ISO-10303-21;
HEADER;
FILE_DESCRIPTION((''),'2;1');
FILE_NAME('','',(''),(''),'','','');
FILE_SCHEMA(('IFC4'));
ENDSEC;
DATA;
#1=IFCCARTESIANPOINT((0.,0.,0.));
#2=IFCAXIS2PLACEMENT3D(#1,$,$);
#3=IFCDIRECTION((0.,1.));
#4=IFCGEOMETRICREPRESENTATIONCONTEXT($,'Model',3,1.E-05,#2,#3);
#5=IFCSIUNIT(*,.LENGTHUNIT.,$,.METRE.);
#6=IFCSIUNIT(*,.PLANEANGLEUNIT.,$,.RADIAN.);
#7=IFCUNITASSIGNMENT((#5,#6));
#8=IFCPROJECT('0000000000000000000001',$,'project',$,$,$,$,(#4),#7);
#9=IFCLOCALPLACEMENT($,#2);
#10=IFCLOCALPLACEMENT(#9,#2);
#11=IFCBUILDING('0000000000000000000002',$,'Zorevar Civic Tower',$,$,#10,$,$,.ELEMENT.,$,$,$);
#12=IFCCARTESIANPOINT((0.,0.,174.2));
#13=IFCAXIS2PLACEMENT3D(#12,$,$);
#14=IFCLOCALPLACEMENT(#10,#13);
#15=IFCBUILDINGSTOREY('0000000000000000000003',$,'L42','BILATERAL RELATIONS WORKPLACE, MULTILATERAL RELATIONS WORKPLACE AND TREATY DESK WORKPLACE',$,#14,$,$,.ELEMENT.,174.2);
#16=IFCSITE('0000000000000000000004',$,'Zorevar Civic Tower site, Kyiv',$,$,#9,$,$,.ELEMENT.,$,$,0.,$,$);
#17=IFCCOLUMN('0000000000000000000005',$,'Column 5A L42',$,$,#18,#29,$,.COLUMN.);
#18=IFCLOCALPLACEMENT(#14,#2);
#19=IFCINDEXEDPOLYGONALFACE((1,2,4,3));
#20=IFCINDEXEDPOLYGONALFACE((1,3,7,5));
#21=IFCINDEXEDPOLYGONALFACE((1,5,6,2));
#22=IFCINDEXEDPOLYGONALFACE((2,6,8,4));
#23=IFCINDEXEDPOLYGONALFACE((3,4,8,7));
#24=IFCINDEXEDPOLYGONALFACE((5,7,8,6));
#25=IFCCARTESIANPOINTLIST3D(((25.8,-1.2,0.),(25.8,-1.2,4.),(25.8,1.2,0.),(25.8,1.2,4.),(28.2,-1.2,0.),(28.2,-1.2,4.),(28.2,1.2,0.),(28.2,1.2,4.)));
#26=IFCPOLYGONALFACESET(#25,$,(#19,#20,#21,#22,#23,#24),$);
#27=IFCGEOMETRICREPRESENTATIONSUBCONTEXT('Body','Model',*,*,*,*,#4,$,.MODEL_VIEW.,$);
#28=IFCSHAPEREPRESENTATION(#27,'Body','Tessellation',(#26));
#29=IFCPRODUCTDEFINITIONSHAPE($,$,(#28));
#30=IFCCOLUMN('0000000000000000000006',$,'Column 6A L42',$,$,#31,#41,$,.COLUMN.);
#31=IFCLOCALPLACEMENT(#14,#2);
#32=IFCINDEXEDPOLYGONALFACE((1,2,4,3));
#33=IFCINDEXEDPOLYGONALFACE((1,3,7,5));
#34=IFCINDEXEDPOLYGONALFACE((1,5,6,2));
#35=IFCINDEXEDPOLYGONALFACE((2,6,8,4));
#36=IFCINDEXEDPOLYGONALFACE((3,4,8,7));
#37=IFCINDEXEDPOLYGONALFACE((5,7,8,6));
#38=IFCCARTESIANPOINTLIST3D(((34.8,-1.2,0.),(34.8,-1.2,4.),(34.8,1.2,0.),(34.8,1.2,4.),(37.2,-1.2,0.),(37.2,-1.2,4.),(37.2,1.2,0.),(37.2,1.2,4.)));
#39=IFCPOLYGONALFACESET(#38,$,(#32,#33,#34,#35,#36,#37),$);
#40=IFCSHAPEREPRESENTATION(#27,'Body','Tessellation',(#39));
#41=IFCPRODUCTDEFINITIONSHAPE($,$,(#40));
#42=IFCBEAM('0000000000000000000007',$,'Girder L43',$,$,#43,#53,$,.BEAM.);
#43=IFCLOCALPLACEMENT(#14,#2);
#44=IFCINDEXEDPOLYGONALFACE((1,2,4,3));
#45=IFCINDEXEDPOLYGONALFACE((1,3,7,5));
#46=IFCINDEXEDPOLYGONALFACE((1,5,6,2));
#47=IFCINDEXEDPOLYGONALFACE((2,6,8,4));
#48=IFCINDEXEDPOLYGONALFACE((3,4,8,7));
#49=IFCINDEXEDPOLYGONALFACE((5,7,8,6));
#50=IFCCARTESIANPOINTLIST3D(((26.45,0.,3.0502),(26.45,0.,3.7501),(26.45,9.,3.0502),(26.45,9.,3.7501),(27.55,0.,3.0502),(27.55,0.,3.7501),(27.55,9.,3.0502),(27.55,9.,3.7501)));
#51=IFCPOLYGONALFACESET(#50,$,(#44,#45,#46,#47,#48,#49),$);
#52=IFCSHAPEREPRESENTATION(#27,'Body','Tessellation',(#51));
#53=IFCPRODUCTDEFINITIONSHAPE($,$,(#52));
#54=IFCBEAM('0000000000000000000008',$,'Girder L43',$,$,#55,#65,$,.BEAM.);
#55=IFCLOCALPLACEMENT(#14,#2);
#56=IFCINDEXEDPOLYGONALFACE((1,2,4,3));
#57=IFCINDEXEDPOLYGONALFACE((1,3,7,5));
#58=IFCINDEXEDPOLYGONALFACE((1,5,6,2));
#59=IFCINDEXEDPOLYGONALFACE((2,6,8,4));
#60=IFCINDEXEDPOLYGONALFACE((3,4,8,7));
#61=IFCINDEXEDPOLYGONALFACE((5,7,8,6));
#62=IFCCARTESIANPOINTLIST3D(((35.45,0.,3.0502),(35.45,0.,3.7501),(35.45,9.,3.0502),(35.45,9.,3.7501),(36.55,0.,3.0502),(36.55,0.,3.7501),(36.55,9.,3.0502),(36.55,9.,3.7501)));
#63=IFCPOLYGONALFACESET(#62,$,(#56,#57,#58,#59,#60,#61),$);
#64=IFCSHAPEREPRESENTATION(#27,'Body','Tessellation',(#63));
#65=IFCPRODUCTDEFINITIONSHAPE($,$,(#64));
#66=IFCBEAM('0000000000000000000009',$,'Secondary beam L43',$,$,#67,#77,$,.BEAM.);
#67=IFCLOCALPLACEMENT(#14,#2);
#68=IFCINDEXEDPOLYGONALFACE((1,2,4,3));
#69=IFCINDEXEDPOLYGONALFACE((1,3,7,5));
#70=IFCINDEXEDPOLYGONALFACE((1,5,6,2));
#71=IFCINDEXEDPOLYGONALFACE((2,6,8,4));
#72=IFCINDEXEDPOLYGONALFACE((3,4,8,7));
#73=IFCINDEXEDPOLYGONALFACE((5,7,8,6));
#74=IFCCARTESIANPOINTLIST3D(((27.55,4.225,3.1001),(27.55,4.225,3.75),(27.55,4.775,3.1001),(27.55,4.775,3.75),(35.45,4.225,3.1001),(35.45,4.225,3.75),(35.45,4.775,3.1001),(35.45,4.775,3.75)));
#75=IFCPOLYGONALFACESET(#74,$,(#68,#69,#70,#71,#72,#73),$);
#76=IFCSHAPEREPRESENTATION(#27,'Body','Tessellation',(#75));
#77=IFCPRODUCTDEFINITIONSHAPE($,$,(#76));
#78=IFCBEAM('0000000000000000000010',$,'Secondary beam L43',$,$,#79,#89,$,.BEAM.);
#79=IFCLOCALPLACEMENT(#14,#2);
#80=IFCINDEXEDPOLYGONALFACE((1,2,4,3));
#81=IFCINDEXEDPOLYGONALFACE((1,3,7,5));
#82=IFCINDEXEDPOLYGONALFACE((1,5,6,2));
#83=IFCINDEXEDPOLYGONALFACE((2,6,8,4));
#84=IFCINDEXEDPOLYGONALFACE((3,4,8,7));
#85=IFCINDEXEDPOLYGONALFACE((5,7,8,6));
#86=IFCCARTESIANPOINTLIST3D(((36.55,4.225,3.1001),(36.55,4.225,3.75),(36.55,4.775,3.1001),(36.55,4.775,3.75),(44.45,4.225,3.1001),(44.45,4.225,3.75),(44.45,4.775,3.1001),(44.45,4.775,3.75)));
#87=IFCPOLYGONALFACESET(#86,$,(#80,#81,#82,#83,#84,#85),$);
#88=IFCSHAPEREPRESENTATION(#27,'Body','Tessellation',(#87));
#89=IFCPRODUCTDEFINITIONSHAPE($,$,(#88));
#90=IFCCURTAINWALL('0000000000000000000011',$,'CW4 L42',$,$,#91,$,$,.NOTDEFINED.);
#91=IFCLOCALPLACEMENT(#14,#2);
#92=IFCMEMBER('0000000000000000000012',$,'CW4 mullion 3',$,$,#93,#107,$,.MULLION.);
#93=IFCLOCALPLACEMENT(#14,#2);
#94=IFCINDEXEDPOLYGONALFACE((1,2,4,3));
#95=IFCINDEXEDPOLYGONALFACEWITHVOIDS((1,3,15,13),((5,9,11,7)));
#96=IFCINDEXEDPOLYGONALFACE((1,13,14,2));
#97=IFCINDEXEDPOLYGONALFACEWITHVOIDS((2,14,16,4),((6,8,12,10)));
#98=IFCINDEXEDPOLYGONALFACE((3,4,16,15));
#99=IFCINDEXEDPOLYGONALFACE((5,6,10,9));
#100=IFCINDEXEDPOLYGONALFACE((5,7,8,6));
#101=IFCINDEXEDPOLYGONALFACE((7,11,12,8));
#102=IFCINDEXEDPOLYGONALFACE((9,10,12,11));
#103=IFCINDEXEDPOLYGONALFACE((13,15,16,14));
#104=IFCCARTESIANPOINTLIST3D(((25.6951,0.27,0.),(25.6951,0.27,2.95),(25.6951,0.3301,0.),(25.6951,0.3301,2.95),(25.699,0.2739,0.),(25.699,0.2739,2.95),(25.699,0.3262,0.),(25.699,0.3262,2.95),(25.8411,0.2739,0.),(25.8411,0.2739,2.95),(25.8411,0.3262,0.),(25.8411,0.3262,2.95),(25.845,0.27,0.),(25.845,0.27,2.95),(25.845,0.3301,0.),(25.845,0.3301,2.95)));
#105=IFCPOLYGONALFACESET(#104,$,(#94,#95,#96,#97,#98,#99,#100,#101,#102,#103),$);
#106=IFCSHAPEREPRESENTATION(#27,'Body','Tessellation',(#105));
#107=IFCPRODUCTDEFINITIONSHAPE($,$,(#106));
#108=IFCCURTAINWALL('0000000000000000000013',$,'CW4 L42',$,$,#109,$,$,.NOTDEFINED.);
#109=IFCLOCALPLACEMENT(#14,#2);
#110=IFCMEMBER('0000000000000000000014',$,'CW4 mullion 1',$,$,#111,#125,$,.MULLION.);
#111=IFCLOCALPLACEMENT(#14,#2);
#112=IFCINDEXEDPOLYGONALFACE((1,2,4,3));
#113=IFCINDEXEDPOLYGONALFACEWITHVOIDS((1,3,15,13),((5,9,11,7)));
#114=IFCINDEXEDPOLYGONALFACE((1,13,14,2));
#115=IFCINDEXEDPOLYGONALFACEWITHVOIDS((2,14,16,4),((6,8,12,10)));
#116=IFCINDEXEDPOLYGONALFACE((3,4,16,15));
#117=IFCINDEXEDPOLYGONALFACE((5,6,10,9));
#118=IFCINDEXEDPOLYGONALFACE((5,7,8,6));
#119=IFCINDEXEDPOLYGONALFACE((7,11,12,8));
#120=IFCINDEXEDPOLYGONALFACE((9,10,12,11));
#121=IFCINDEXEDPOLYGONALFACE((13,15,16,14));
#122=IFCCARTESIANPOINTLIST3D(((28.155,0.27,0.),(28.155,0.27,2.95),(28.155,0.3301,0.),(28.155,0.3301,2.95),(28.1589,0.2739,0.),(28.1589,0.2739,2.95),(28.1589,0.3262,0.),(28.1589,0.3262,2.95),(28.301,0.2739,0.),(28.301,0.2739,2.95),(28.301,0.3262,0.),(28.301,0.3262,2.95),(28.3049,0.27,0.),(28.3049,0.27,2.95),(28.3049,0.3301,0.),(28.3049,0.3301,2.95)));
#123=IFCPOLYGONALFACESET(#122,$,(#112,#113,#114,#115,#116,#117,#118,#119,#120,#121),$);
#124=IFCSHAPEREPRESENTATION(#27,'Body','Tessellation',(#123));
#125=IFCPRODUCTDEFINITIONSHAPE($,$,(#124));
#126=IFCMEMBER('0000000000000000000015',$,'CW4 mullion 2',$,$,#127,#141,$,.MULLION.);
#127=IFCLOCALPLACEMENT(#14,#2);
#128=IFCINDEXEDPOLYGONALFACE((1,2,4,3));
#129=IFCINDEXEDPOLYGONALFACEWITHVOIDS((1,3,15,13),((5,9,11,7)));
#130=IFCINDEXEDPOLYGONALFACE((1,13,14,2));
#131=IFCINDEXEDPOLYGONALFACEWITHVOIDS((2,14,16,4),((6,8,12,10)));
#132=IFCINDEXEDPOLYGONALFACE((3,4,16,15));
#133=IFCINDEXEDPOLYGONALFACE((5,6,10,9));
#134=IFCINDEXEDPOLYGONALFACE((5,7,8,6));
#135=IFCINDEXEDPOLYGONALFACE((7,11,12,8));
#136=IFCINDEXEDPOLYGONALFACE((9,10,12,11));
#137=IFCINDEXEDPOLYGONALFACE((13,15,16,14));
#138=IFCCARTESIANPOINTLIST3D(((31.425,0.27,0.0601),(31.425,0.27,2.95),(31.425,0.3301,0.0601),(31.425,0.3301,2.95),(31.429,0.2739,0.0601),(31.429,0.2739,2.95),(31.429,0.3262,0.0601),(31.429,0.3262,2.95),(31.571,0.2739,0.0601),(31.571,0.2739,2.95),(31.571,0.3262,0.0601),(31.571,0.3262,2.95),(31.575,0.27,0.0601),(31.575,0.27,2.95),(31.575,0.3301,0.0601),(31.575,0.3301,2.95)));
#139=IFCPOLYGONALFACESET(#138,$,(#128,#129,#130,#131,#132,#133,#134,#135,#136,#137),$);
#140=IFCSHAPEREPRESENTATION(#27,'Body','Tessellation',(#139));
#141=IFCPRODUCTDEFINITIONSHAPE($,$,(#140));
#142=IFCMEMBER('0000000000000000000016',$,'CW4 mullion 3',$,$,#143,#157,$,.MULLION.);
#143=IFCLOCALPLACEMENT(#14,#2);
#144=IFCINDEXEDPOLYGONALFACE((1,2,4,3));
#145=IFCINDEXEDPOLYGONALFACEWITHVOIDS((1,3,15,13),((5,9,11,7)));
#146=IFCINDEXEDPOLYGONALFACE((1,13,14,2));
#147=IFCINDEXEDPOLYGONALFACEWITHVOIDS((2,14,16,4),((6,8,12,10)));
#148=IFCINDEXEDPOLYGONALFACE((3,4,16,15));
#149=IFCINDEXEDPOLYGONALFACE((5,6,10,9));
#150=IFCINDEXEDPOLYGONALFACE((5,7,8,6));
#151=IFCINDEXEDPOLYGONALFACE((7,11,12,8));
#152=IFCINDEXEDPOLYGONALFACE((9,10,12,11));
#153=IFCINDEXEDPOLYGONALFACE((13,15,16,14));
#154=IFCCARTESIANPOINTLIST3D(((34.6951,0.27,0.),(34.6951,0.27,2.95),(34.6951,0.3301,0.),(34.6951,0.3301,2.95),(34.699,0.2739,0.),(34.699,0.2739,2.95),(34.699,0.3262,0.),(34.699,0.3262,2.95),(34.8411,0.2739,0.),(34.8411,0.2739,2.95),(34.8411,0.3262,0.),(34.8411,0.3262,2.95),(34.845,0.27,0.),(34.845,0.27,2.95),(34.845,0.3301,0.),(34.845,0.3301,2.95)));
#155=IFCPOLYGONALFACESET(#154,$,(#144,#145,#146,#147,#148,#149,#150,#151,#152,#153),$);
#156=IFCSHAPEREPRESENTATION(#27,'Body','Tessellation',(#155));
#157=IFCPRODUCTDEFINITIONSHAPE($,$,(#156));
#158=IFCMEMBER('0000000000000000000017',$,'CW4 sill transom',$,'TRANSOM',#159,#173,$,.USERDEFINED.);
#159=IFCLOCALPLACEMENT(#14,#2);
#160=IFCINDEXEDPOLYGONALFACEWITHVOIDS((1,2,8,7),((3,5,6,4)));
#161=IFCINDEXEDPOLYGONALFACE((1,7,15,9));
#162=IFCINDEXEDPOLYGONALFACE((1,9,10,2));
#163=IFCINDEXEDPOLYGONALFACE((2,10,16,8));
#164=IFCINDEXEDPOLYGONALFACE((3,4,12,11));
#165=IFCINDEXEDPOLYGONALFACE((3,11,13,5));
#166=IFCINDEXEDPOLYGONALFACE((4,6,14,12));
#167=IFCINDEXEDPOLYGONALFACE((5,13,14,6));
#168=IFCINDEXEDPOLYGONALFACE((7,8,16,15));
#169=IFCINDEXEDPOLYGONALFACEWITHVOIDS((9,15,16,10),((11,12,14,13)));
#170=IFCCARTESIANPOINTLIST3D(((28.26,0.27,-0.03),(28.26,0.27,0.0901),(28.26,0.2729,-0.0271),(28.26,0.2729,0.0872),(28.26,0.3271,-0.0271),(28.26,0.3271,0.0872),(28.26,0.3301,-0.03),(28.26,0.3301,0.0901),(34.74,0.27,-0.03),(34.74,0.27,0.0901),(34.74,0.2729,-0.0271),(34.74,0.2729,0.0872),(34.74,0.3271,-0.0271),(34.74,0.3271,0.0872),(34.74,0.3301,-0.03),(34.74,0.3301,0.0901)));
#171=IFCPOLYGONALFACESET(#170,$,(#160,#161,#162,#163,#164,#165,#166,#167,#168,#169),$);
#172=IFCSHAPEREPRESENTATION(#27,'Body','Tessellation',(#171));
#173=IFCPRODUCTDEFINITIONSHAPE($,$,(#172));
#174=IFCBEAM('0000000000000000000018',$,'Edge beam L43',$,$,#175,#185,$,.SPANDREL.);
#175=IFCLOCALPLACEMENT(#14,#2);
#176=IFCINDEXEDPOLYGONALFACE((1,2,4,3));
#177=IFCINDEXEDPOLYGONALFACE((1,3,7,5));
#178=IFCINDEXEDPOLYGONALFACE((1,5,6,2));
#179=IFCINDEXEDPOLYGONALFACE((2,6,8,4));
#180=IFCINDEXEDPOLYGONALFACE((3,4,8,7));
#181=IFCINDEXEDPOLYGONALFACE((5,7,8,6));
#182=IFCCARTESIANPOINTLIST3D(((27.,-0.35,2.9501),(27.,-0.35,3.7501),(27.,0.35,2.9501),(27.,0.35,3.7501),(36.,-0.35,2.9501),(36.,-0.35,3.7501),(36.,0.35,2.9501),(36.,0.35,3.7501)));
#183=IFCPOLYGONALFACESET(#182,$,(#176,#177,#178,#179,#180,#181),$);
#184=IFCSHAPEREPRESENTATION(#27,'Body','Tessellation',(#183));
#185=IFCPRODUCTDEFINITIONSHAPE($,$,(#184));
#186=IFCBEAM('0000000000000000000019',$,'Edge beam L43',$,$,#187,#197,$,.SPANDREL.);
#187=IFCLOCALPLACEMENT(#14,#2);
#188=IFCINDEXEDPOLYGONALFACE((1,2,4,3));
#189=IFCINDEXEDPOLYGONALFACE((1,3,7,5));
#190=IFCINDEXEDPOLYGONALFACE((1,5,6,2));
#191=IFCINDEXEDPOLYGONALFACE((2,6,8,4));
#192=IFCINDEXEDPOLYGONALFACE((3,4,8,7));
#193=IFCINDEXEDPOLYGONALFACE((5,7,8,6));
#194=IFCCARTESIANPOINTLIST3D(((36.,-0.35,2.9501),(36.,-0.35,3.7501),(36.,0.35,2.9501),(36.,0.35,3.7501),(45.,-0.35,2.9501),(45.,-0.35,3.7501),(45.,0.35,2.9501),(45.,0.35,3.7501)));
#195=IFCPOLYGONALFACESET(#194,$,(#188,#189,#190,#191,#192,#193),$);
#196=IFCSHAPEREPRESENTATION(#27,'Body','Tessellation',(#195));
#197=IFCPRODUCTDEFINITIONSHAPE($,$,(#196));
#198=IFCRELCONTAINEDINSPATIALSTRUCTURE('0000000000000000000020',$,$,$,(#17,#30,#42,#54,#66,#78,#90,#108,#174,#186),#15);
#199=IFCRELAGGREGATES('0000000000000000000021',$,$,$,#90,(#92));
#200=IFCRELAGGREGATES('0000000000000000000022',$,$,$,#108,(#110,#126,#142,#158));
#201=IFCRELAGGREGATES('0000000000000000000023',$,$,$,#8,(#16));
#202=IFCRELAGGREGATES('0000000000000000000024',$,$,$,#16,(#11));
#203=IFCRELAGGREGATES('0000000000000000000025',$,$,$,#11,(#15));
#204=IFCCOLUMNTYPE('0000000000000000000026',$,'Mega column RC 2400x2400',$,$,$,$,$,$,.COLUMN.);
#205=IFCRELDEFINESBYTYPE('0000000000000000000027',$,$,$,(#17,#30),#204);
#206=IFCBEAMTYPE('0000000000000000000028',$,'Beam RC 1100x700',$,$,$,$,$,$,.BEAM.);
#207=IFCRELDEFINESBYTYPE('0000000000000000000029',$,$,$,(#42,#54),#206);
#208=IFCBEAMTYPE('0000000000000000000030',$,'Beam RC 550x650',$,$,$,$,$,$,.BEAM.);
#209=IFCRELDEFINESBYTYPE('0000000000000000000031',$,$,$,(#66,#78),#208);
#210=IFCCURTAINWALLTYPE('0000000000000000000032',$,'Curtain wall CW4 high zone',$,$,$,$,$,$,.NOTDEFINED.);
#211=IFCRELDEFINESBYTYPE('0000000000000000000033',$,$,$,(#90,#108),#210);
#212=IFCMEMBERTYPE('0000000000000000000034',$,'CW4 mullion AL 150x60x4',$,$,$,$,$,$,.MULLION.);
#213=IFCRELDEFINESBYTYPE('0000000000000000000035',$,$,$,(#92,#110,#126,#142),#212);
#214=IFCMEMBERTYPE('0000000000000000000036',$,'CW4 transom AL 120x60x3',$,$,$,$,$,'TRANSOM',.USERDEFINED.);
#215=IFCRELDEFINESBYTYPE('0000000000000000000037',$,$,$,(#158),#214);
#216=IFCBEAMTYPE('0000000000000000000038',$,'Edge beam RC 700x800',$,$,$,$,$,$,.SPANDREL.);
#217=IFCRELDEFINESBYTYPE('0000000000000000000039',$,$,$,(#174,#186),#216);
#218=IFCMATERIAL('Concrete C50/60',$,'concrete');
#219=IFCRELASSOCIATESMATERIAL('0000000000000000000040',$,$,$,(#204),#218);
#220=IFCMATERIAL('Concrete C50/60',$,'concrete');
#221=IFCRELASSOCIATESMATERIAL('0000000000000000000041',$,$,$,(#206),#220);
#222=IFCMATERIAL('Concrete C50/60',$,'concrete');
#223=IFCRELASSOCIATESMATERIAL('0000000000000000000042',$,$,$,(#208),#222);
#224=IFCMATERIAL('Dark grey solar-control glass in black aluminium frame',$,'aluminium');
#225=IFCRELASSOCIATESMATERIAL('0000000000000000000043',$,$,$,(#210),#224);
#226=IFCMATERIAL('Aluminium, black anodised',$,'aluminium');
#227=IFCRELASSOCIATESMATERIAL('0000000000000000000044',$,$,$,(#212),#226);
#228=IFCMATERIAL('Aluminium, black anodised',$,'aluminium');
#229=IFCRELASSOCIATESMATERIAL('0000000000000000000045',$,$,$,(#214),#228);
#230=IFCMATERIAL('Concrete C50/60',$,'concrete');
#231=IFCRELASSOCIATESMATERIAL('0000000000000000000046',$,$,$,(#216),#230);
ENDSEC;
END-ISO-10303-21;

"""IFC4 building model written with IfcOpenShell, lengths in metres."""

from ifc_helpers import new_model, si_unit, direction, frame, origin, origin_2d, place, context, subcontext, project, spatial, rectangle, hollow_rectangle, extrude, material, material_profile, profile_set, type_object, element, aggregate, save


model = new_model("IFC4")

# Units and contexts
model_context = context("Model", 3, precision=1e-05, world=origin(), true_north=direction((0.0, 1.0)))
body_context = subcontext(model_context, "Body", "Model", "MODEL_VIEW")
ifc_project = project(units=[si_unit("LENGTHUNIT", "METRE"), si_unit("PLANEANGLEUNIT", "RADIAN")], contexts=[model_context])

# Site, building, storey
site_placement = place(None, origin())
site = spatial("IfcSite", under=ifc_project, at=site_placement, Name="Zorevar Civic Tower site, Kyiv", CompositionType="ELEMENT", RefElevation=0.0)
building_placement = place(site_placement, origin())
building = spatial("IfcBuilding", under=site, at=building_placement, Name="Zorevar Civic Tower", CompositionType="ELEMENT")
storey_placement = place(building_placement, frame((0.0, 0.0, 174.2)))
storey = spatial("IfcBuildingStorey", under=building, at=storey_placement, Name="L42", Description="BILATERAL RELATIONS WORKPLACE, MULTILATERAL RELATIONS WORKPLACE AND TREATY DESK WORKPLACE", CompositionType="ELEMENT", Elevation=174.2)

# Columns
ifc_material_1 = material(Name="Concrete C50/60", Category="concrete")
ifc_material_profile_1 = material_profile(ifc_material_1, rectangle(XDim=2.3999, YDim=2.3999, at=origin_2d()), Name="RC 2400x2400")
ifc_profile_set_1 = profile_set([ifc_material_profile_1], Name="Concrete C50/60")
column_type = type_object("IfcColumnType", Name="Mega column RC 2400x2400", PredefinedType="COLUMN", material=ifc_profile_set_1)
for number, where, z_axis, x_axis, name in (
    (1, (27.0, 0.0, 0.0), (0.0, 0.0, 1.0), (1.0, 0.0, 0.0), "Column 5A L42"),
    (2, (36.0, 0.0, 0.0), (0.0, 0.0, 1.0), (1.0, 0.0, 0.0), "Column 6A L42"),
):
    element("IfcColumn", number, at=place(storey_placement, frame(where, z_axis=z_axis, x_axis=x_axis)), inside=storey, type_object=column_type, Name=name, PredefinedType="COLUMN", context=body_context, shape_type="SweptSolid", body=[
        extrude(rectangle(XDim=2.3999, YDim=2.3999, at=origin_2d()), origin(), (0.0, 0.0, 1.0), 4.0),
    ])

# Beams
ifc_material_2 = material(Name="Concrete C50/60", Category="concrete")
ifc_material_profile_2 = material_profile(ifc_material_2, rectangle(XDim=1.1001, YDim=0.7, at=origin_2d()), Name="RC 1100x700")
ifc_profile_set_2 = profile_set([ifc_material_profile_2], Name="Concrete C50/60")
beam_type_1 = type_object("IfcBeamType", Name="Beam RC 1100x700", PredefinedType="BEAM", material=ifc_profile_set_2)
for number, where, z_axis, x_axis, name in (
    (3, (27.0, 0.0, 3.4001), (0.0, 1.0, 0.0), (-1.0, 0.0, 0.0), "Girder L43"),
    (4, (36.0, 0.0, 3.4001), (0.0, 1.0, 0.0), (-1.0, 0.0, 0.0), "Girder L43"),
):
    element("IfcBeam", number, at=place(storey_placement, frame(where, z_axis=z_axis, x_axis=x_axis)), inside=storey, type_object=beam_type_1, Name=name, PredefinedType="BEAM", context=body_context, shape_type="SweptSolid", body=[
        extrude(rectangle(XDim=1.1001, YDim=0.7, at=origin_2d()), origin(), (0.0, 0.0, 1.0), 9.0),
    ])
ifc_material_3 = material(Name="Concrete C50/60", Category="concrete")
ifc_material_profile_3 = material_profile(ifc_material_3, rectangle(XDim=0.55, YDim=0.6499, at=origin_2d()), Name="RC 550x650")
ifc_profile_set_3 = profile_set([ifc_material_profile_3], Name="Concrete C50/60")
beam_type_2 = type_object("IfcBeamType", Name="Beam RC 550x650", PredefinedType="BEAM", material=ifc_profile_set_3)
for number, where, z_axis, x_axis, name in (
    (5, (27.55, 4.5, 3.425), (1.0, 0.0, 0.0), (0.0, 1.0, 0.0), "Secondary beam L43"),
    (6, (36.55, 4.5, 3.425), (1.0, 0.0, 0.0), (0.0, 1.0, 0.0), "Secondary beam L43"),
):
    element("IfcBeam", number, at=place(storey_placement, frame(where, z_axis=z_axis, x_axis=x_axis)), inside=storey, type_object=beam_type_2, Name=name, PredefinedType="BEAM", context=body_context, shape_type="SweptSolid", body=[
        extrude(rectangle(XDim=0.55, YDim=0.6499, at=origin_2d()), origin(), (0.0, 0.0, 1.0), 7.8999),
    ])

# Curtain wall, member
ifc_material_4 = material(Name="Dark grey solar-control glass in black aluminium frame", Category="aluminium")
curtain_wall_type = type_object("IfcCurtainWallType", Name="Curtain wall CW4 high zone", PredefinedType="NOTDEFINED", material=ifc_material_4)
curtain_wall_1_placement = place(storey_placement, origin())
curtain_wall_1 = element("IfcCurtainWall", 7, at=curtain_wall_1_placement, inside=storey, type_object=curtain_wall_type, Name="CW4 L42", PredefinedType="NOTDEFINED")
ifc_material_5 = material(Name="Aluminium, black anodised", Category="aluminium")
ifc_material_profile_4 = material_profile(ifc_material_5, hollow_rectangle(XDim=0.0601, YDim=0.1499, WallThickness=0.0039, at=origin_2d()), Name="AL 150x60x4")
ifc_profile_set_4 = profile_set([ifc_material_profile_4], Name="Aluminium, black anodised")
member_type_1 = type_object("IfcMemberType", Name="CW4 mullion AL 150x60x4", PredefinedType="MULLION", material=ifc_profile_set_4)
member_1_placement = place(storey_placement, frame((25.77, 0.3, 0.0), z_axis=(0.0, 0.0, 1.0), x_axis=(0.0, 1.0, 0.0)))
member_1 = element("IfcMember", 8, at=member_1_placement, type_object=member_type_1, Name="CW4 mullion 3", PredefinedType="MULLION", context=body_context, shape_type="SweptSolid", body=[
    extrude(hollow_rectangle(XDim=0.0601, YDim=0.1499, WallThickness=0.0039, at=origin_2d()), origin(), (0.0, 0.0, 1.0), 2.95),
])

# Curtain wall, members
curtain_wall_2_placement = place(storey_placement, origin())
curtain_wall_2 = element("IfcCurtainWall", 9, at=curtain_wall_2_placement, inside=storey, type_object=curtain_wall_type, Name="CW4 L42", PredefinedType="NOTDEFINED")
member_2_placement = place(storey_placement, frame((28.23, 0.3, 0.0), z_axis=(0.0, 0.0, 1.0), x_axis=(0.0, 1.0, 0.0)))
member_2 = element("IfcMember", 10, at=member_2_placement, type_object=member_type_1, Name="CW4 mullion 1", PredefinedType="MULLION", context=body_context, shape_type="SweptSolid", body=[
    extrude(hollow_rectangle(XDim=0.0601, YDim=0.1499, WallThickness=0.0039, at=origin_2d()), origin(), (0.0, 0.0, 1.0), 2.95),
])
member_3_placement = place(storey_placement, frame((31.5, 0.3, 0.0601), z_axis=(0.0, 0.0, 1.0), x_axis=(0.0, 1.0, 0.0)))
member_3 = element("IfcMember", 11, at=member_3_placement, type_object=member_type_1, Name="CW4 mullion 2", PredefinedType="MULLION", context=body_context, shape_type="SweptSolid", body=[
    extrude(hollow_rectangle(XDim=0.0601, YDim=0.1499, WallThickness=0.0039, at=origin_2d()), origin(), (0.0, 0.0, 1.0), 2.8899),
])
member_4_placement = place(storey_placement, frame((34.77, 0.3, 0.0), z_axis=(0.0, 0.0, 1.0), x_axis=(0.0, 1.0, 0.0)))
member_4 = element("IfcMember", 12, at=member_4_placement, type_object=member_type_1, Name="CW4 mullion 3", PredefinedType="MULLION", context=body_context, shape_type="SweptSolid", body=[
    extrude(hollow_rectangle(XDim=0.0601, YDim=0.1499, WallThickness=0.0039, at=origin_2d()), origin(), (0.0, 0.0, 1.0), 2.95),
])
ifc_material_6 = material(Name="Aluminium, black anodised", Category="aluminium")
ifc_material_profile_5 = material_profile(ifc_material_6, hollow_rectangle(XDim=0.0601, YDim=0.1201, WallThickness=0.0029, at=origin_2d()), Name="AL 120x60x3")
ifc_profile_set_5 = profile_set([ifc_material_profile_5], Name="Aluminium, black anodised")
member_type_2 = type_object("IfcMemberType", Name="CW4 transom AL 120x60x3", ElementType="TRANSOM", PredefinedType="USERDEFINED", material=ifc_profile_set_5)
member_5_placement = place(storey_placement, frame((28.26, 0.3, 0.03), z_axis=(1.0, 0.0, 0.0), x_axis=(0.0, 1.0, 0.0)))
member_5 = element("IfcMember", 13, at=member_5_placement, type_object=member_type_2, Name="CW4 sill transom", ObjectType="TRANSOM", PredefinedType="USERDEFINED", context=body_context, shape_type="SweptSolid", body=[
    extrude(hollow_rectangle(XDim=0.0601, YDim=0.1201, WallThickness=0.0029, at=origin_2d()), origin(), (0.0, 0.0, 1.0), 6.48),
])

# Beams
ifc_material_7 = material(Name="Concrete C50/60", Category="concrete")
ifc_material_profile_6 = material_profile(ifc_material_7, rectangle(XDim=0.7, YDim=0.8, at=origin_2d()), Name="RC 700x800")
ifc_profile_set_6 = profile_set([ifc_material_profile_6], Name="Concrete C50/60")
beam_type_3 = type_object("IfcBeamType", Name="Edge beam RC 700x800", PredefinedType="SPANDREL", material=ifc_profile_set_6)
for number, where, z_axis, x_axis, name in (
    (14, (27.0, 0.0, 3.3501), (1.0, 0.0, 0.0), (0.0, 1.0, 0.0), "Edge beam L43"),
    (15, (36.0, 0.0, 3.3501), (1.0, 0.0, 0.0), (0.0, 1.0, 0.0), "Edge beam L43"),
):
    element("IfcBeam", number, at=place(storey_placement, frame(where, z_axis=z_axis, x_axis=x_axis)), inside=storey, type_object=beam_type_3, Name=name, PredefinedType="SPANDREL", context=body_context, shape_type="SweptSolid", body=[
        extrude(rectangle(XDim=0.7, YDim=0.8, at=origin_2d()), origin(), (0.0, 0.0, 1.0), 9.0),
    ])

aggregate(curtain_wall_1, [member_1])
aggregate(curtain_wall_2, [member_2, member_3, member_4, member_5])

save(model, "model.ifc")
